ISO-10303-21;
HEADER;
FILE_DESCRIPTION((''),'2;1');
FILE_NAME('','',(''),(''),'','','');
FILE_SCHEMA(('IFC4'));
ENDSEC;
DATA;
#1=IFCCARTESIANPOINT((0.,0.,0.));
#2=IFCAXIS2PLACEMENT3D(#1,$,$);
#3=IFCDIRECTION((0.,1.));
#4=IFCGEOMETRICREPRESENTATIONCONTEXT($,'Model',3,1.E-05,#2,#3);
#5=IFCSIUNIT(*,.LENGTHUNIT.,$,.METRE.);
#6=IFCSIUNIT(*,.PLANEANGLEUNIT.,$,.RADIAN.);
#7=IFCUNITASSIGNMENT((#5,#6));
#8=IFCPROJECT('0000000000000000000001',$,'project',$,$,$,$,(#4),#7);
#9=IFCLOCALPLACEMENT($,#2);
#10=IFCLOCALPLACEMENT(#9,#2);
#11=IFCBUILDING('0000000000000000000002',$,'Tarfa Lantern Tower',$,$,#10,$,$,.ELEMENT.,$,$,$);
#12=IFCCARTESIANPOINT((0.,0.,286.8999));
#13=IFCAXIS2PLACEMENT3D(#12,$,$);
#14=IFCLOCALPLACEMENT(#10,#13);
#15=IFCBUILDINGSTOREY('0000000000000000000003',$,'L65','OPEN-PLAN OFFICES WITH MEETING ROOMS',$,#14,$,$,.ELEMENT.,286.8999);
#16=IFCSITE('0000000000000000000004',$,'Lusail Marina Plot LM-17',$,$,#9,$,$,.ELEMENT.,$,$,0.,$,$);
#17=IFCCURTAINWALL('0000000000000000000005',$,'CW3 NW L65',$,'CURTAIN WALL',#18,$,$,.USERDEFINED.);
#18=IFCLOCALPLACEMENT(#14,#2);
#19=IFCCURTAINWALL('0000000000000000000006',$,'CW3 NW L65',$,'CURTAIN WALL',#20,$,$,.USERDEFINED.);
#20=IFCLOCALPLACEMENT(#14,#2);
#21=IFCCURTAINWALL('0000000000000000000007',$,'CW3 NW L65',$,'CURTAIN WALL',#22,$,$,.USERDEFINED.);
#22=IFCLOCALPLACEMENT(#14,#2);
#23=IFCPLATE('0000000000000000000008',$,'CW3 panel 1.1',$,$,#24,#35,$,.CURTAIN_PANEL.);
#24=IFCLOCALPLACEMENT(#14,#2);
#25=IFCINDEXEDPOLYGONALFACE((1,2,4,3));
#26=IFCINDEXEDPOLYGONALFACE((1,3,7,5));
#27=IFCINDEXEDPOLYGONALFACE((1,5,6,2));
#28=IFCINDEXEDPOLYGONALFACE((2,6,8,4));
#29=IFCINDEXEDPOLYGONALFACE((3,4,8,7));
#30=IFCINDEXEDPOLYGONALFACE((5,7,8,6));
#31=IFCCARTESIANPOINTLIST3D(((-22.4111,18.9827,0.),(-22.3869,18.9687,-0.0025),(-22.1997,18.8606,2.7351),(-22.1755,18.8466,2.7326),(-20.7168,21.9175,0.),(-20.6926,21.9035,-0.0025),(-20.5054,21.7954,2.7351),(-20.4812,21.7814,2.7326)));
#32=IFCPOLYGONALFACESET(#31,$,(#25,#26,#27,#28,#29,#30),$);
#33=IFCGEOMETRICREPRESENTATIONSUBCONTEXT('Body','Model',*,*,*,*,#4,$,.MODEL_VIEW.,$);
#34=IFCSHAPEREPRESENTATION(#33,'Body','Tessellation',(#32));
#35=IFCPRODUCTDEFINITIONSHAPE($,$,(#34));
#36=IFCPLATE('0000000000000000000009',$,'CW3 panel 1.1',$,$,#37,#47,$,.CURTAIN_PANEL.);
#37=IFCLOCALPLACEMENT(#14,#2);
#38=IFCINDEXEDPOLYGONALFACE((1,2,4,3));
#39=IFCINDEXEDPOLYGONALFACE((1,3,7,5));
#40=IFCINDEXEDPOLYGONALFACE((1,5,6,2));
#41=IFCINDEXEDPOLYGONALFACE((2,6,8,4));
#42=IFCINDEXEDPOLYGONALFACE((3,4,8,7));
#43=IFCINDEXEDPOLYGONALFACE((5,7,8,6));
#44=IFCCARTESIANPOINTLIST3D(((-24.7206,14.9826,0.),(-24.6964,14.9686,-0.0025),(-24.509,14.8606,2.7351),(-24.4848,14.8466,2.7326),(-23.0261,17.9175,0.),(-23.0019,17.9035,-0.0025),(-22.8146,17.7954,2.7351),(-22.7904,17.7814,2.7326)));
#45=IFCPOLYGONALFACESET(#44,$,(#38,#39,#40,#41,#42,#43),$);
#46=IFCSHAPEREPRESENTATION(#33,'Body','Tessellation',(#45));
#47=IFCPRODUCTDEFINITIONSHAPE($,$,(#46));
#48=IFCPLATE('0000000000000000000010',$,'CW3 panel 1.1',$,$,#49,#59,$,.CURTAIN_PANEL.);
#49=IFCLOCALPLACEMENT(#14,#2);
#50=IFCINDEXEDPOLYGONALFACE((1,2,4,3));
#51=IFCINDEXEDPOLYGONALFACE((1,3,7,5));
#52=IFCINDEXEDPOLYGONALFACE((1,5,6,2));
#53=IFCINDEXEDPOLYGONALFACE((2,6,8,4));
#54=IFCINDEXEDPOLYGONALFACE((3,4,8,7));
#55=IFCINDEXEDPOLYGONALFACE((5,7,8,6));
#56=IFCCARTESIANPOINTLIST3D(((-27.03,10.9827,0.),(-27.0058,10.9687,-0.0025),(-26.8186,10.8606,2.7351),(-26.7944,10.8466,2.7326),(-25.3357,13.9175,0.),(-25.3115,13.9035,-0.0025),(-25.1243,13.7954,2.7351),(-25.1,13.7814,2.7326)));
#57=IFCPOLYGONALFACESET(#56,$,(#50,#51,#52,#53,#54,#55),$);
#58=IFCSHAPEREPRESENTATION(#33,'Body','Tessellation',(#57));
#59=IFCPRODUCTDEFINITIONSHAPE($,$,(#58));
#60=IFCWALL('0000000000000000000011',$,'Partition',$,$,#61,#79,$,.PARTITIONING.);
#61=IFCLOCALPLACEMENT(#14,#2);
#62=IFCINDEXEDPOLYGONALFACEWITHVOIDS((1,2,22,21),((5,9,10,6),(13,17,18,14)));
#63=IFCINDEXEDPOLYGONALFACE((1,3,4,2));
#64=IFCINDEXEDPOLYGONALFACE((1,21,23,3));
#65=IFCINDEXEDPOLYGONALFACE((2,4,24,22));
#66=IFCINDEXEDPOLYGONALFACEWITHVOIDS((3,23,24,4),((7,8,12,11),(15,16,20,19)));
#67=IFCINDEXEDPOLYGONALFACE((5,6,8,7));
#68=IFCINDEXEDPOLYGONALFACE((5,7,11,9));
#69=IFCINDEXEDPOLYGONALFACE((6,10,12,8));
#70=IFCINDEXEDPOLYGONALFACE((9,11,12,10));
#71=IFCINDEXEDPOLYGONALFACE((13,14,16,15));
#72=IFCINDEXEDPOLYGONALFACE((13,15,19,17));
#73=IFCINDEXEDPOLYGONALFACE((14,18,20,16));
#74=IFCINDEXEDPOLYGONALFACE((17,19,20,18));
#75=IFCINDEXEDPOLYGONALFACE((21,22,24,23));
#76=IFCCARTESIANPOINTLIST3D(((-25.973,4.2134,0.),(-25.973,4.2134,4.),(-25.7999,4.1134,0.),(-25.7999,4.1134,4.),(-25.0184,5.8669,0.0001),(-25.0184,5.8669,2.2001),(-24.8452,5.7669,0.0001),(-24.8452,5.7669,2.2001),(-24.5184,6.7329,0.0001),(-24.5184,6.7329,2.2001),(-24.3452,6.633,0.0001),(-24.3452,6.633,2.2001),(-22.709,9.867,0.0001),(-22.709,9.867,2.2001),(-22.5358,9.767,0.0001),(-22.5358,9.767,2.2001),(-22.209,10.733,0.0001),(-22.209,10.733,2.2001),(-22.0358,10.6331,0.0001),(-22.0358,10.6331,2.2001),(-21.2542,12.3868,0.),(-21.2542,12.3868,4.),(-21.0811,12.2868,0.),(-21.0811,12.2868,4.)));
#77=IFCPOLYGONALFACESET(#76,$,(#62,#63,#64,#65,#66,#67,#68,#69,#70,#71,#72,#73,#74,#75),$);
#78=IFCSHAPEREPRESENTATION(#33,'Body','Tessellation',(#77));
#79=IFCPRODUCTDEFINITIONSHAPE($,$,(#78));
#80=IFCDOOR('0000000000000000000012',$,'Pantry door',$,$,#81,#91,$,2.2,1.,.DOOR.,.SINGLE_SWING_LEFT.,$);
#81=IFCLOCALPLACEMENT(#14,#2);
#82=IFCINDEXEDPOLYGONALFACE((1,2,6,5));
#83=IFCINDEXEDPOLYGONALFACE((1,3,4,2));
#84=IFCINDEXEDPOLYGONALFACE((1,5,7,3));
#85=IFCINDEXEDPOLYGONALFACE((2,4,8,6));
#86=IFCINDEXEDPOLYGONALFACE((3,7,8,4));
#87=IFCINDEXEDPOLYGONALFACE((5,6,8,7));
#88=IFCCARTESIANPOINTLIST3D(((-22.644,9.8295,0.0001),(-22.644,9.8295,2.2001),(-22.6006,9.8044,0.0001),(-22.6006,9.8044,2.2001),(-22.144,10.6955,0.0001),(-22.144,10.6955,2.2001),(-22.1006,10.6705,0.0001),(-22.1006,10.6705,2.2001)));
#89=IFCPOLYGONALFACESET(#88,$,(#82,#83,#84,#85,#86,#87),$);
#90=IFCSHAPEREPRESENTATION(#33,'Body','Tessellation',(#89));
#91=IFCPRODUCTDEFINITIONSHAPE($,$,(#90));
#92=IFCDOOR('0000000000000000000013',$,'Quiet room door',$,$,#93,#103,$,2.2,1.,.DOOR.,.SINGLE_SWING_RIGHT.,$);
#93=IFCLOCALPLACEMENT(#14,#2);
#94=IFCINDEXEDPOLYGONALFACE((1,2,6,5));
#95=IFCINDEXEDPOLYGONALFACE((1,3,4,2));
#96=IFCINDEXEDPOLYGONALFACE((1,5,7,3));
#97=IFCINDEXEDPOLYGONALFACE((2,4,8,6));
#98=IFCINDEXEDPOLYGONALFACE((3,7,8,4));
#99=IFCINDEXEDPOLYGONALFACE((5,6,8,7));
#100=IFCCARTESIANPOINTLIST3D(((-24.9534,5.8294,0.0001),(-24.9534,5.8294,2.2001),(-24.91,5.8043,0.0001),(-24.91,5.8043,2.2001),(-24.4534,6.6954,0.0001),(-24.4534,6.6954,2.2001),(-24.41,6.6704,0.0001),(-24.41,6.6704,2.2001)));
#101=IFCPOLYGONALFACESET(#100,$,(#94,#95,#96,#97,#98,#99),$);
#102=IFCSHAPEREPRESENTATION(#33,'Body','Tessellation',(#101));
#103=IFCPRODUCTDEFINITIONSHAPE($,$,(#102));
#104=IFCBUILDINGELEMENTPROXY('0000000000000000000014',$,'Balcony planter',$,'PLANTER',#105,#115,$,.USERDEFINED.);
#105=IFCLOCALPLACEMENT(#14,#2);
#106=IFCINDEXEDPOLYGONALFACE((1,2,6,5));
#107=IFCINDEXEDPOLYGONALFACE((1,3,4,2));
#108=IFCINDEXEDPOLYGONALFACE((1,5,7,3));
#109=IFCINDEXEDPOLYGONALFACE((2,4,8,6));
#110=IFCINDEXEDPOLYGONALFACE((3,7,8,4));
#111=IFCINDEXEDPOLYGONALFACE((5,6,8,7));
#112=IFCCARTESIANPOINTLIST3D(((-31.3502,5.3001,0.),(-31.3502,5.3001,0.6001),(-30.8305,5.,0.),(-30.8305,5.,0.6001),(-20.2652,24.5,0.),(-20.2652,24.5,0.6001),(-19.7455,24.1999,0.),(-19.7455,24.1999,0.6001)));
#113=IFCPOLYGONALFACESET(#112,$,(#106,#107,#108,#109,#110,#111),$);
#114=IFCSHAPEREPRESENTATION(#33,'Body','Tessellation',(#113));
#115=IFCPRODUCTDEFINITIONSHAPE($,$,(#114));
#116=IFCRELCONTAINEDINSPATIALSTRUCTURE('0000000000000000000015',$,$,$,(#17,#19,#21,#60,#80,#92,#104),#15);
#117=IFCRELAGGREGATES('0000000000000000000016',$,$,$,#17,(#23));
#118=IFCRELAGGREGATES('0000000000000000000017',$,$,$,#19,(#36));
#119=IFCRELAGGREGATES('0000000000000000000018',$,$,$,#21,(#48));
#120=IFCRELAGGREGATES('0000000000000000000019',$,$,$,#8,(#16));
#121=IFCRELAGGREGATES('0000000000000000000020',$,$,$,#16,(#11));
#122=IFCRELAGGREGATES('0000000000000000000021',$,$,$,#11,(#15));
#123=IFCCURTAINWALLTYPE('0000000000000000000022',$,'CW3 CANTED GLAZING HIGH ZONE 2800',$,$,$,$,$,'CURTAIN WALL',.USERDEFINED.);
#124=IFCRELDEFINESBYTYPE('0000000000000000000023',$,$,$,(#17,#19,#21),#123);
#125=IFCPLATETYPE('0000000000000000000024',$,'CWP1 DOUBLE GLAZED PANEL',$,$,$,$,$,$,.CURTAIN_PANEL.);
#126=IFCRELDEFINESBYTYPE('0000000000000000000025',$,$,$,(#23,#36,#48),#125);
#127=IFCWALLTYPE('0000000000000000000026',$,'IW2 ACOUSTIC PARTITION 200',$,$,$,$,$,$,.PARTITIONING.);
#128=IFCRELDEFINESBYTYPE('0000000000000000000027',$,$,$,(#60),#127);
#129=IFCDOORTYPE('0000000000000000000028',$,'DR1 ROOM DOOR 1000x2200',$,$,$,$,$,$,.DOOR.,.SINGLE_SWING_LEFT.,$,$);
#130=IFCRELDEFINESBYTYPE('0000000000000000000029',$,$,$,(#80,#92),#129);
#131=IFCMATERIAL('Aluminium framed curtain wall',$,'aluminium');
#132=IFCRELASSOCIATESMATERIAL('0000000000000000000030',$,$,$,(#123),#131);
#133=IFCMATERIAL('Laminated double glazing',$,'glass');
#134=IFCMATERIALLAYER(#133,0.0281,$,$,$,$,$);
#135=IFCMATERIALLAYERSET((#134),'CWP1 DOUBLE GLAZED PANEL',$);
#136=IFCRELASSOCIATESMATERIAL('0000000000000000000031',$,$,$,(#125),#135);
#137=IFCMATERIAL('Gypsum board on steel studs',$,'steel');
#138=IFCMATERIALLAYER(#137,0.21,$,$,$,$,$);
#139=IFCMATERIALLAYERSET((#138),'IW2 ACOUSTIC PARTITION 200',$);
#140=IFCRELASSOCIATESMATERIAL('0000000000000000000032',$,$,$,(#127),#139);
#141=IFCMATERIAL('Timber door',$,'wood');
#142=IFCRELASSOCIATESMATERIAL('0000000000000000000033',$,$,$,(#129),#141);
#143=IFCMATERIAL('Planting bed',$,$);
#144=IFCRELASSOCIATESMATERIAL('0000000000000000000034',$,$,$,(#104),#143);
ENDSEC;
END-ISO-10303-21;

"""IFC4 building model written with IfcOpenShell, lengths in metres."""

from ifc_helpers import new_model, si_unit, direction, frame, frame_2d, origin, origin_2d, place, context, subcontext, project, spatial, polyline, rectangle, outline, extrude, material, layer, layer_set, type_object, element, fill, aggregate, save


model = new_model("IFC4")

# Units and contexts
model_context = context("Model", 3, precision=1e-05, world=origin(), true_north=direction((0.0, 1.0)))
body_context = subcontext(model_context, "Body", "Model", "MODEL_VIEW")
ifc_project = project(units=[si_unit("LENGTHUNIT", "METRE"), si_unit("PLANEANGLEUNIT", "RADIAN")], contexts=[model_context])

# Site, building, storey
site_placement = place(None, origin())
site = spatial("IfcSite", under=ifc_project, at=site_placement, Name="Lusail Marina Plot LM-17", CompositionType="ELEMENT", RefElevation=0.0)
building_placement = place(site_placement, origin())
building = spatial("IfcBuilding", under=site, at=building_placement, Name="Tarfa Lantern Tower", CompositionType="ELEMENT")
storey_placement = place(building_placement, frame((0.0, 0.0, 286.8999)))
storey = spatial("IfcBuildingStorey", under=building, at=storey_placement, Name="L65", Description="OPEN-PLAN OFFICES WITH MEETING ROOMS", CompositionType="ELEMENT", Elevation=286.8999)

# Shared definitions
ifc_material_1 = material(Name="Aluminium framed curtain wall", Category="aluminium")
curtain_wall_type = type_object("IfcCurtainWallType", Name="CW3 CANTED GLAZING HIGH ZONE 2800", ElementType="CURTAIN WALL", PredefinedType="USERDEFINED", material=ifc_material_1)

# Curtain walls
curtain_wall_1_placement = place(storey_placement, origin())
curtain_wall_1 = element("IfcCurtainWall", 1, at=curtain_wall_1_placement, inside=storey, type_object=curtain_wall_type, Name="CW3 NW L65", ObjectType="CURTAIN WALL", PredefinedType="USERDEFINED")
curtain_wall_2_placement = place(storey_placement, origin())
curtain_wall_2 = element("IfcCurtainWall", 2, at=curtain_wall_2_placement, inside=storey, type_object=curtain_wall_type, Name="CW3 NW L65", ObjectType="CURTAIN WALL", PredefinedType="USERDEFINED")

# Curtain wall
curtain_wall_3_placement = place(storey_placement, origin())
curtain_wall_3 = element("IfcCurtainWall", 3, at=curtain_wall_3_placement, inside=storey, type_object=curtain_wall_type, Name="CW3 NW L65", ObjectType="CURTAIN WALL", PredefinedType="USERDEFINED")

# Plates
ifc_material_2 = material(Name="Laminated double glazing", Category="glass")
ifc_layer_1 = layer(ifc_material_2, 0.0281)
ifc_layer_set_1 = layer_set([ifc_layer_1], Name="CWP1 DOUBLE GLAZED PANEL")
plate_type = type_object("IfcPlateType", Name="CWP1 DOUBLE GLAZED PANEL", PredefinedType="CURTAIN_PANEL", material=ifc_layer_set_1)
plate_1_placement = place(storey_placement, frame((-20.7168, 21.9175, 0.0), z_axis=(-0.862606, 0.498002, 0.088906), x_axis=(-0.499982, -0.866036, 0.0)))
plate_1 = element("IfcPlate", 4, at=plate_1_placement, type_object=plate_type, Name="CW3 panel 1.1", PredefinedType="CURTAIN_PANEL", context=body_context, shape_type="SweptSolid", body=[
    extrude(outline(polyline([(0.0, 0.0), (3.3888, 0.0), (3.3888, 2.746), (0.0, 2.746), (0.0, 0.0)])), origin(), (0.0, 0.0, -1.0), 0.0281),
])
aggregate(curtain_wall_1, [plate_1])
plate_2_placement = place(storey_placement, frame((-23.0261, 17.9175, 0.0), z_axis=(-0.862588, 0.498028, 0.088945), x_axis=(-0.50001, -0.86602, -0.000003)))
plate_2 = element("IfcPlate", 5, at=plate_2_placement, type_object=plate_type, Name="CW3 panel 1.1", PredefinedType="CURTAIN_PANEL", context=body_context, shape_type="SweptSolid", body=[
    extrude(outline(polyline([(0.0, 0.0), (3.3889, 0.0), (3.3888, 2.746), (0.0, 2.746), (0.0, 0.0)])), origin(), (0.0, 0.0, -1.0), 0.0281),
])
aggregate(curtain_wall_2, [plate_2])
plate_3_placement = place(storey_placement, frame((-25.3357, 13.9175, 0.0), z_axis=(-0.862606, 0.498002, 0.088906), x_axis=(-0.499982, -0.866036, 0.0)))
plate_3 = element("IfcPlate", 6, at=plate_3_placement, type_object=plate_type, Name="CW3 panel 1.1", PredefinedType="CURTAIN_PANEL", context=body_context, shape_type="SweptSolid", body=[
    extrude(outline(polyline([(0.0, 0.0), (3.3888, 0.0), (3.3888, 2.746), (0.0, 2.746), (0.0, 0.0)])), origin(), (0.0, 0.0, -1.0), 0.0281),
])
aggregate(curtain_wall_3, [plate_3])

# Wall, openings, doors
ifc_material_3 = material(Name="Gypsum board on steel studs", Category="steel")
ifc_layer_2 = layer(ifc_material_3, 0.21)
ifc_layer_set_2 = layer_set([ifc_layer_2], Name="IW2 ACOUSTIC PARTITION 200")
wall_type = type_object("IfcWallType", Name="IW2 ACOUSTIC PARTITION 200", PredefinedType="PARTITIONING", material=ifc_layer_set_2)
wall_placement = place(storey_placement, frame((-21.1677, 12.3367, 0.0), z_axis=(0.0, 0.0, 1.0), x_axis=(-0.49999, -0.866031, 0.0)))
wall = element("IfcWall", 7, at=wall_placement, inside=storey, type_object=wall_type, Name="Partition", PredefinedType="PARTITIONING", context=body_context, shape_type="SweptSolid", body=[
    extrude(rectangle(XDim=9.4377, YDim=0.2, at=frame_2d((4.7188, 0.0))), origin(), (0.0, 0.0, 1.0), 4.0),
])
opening_1_placement = place(wall_placement, frame((1.9094, 0.0, 0.0)))
opening_1 = element("IfcOpeningElement", 8, at=opening_1_placement, cuts=wall, PredefinedType="OPENING", context=body_context, shape_type="SweptSolid", body=[
    extrude(rectangle(XDim=1.0, YDim=2.2, at=frame_2d((0.5, 1.1001))), frame((0.0, 0.1099, 0.0), z_axis=(0.0, -1.0, 0.0), x_axis=(1.0, 0.0, 0.0)), (0.0, 0.0, 1.0), 0.22),
])
opening_2_placement = place(wall_placement, frame((6.5283, 0.0, 0.0)))
opening_2 = element("IfcOpeningElement", 9, at=opening_2_placement, cuts=wall, PredefinedType="OPENING", context=body_context, shape_type="SweptSolid", body=[
    extrude(rectangle(XDim=1.0, YDim=2.2, at=frame_2d((0.5, 1.1001))), frame((0.0, 0.1099, 0.0), z_axis=(0.0, -1.0, 0.0), x_axis=(1.0, 0.0, 0.0)), (0.0, 0.0, 1.0), 0.22),
])
ifc_material_4 = material(Name="Timber door", Category="wood")
door_type = type_object("IfcDoorType", Name="DR1 ROOM DOOR 1000x2200", OperationType="SINGLE_SWING_LEFT", PredefinedType="DOOR", material=ifc_material_4)
door_1_placement = place(opening_1_placement, frame((1.0, 0.0, 0.0), z_axis=(0.0, 0.0, 1.0), x_axis=(-1.0, 0.0, 0.0)))
door_1 = element("IfcDoor", 10, at=door_1_placement, inside=storey, type_object=door_type, Name="Pantry door", OperationType="SINGLE_SWING_LEFT", OverallHeight=2.2, OverallWidth=1.0, PredefinedType="DOOR", context=body_context, shape_type="SweptSolid", body=[
    extrude(rectangle(XDim=1.0, YDim=2.2, at=frame_2d((0.5, 1.1001))), frame((0.0, 0.0249, 0.0), z_axis=(0.0, -1.0, 0.0), x_axis=(1.0, 0.0, 0.0)), (0.0, 0.0, 1.0), 0.05),
])
fill(opening_1, door_1)
door_2_placement = place(opening_2_placement, frame((1.0, 0.0, 0.0), z_axis=(0.0, 0.0, 1.0), x_axis=(-1.0, 0.0, 0.0)))
door_2 = element("IfcDoor", 11, at=door_2_placement, inside=storey, type_object=door_type, Name="Quiet room door", OperationType="SINGLE_SWING_RIGHT", OverallHeight=2.2, OverallWidth=1.0, PredefinedType="DOOR", context=body_context, shape_type="SweptSolid", body=[
    extrude(rectangle(XDim=1.0, YDim=2.2, at=frame_2d((0.5, 1.1001))), frame((0.0, 0.0249, 0.0), z_axis=(0.0, -1.0, 0.0), x_axis=(1.0, 0.0, 0.0)), (0.0, 0.0, 1.0), 0.05),
])
fill(opening_2, door_2)

# Building element proxy
ifc_material_5 = material(Name="Planting bed")
proxy_placement = place(storey_placement, frame((-25.5479, 14.75, 0.0), z_axis=(0.0, 0.0, 1.0), x_axis=(-0.5, -0.866025, 0.0)))
element("IfcBuildingElementProxy", 12, at=proxy_placement, inside=storey, material=ifc_material_5, Name="Balcony planter", ObjectType="PLANTER", PredefinedType="USERDEFINED", context=body_context, shape_type="SweptSolid", body=[
    extrude(rectangle(XDim=22.1702, YDim=0.6001, at=origin_2d()), origin(), (0.0, 0.0, 1.0), 0.6001),
])

save(model, "model.ifc")
